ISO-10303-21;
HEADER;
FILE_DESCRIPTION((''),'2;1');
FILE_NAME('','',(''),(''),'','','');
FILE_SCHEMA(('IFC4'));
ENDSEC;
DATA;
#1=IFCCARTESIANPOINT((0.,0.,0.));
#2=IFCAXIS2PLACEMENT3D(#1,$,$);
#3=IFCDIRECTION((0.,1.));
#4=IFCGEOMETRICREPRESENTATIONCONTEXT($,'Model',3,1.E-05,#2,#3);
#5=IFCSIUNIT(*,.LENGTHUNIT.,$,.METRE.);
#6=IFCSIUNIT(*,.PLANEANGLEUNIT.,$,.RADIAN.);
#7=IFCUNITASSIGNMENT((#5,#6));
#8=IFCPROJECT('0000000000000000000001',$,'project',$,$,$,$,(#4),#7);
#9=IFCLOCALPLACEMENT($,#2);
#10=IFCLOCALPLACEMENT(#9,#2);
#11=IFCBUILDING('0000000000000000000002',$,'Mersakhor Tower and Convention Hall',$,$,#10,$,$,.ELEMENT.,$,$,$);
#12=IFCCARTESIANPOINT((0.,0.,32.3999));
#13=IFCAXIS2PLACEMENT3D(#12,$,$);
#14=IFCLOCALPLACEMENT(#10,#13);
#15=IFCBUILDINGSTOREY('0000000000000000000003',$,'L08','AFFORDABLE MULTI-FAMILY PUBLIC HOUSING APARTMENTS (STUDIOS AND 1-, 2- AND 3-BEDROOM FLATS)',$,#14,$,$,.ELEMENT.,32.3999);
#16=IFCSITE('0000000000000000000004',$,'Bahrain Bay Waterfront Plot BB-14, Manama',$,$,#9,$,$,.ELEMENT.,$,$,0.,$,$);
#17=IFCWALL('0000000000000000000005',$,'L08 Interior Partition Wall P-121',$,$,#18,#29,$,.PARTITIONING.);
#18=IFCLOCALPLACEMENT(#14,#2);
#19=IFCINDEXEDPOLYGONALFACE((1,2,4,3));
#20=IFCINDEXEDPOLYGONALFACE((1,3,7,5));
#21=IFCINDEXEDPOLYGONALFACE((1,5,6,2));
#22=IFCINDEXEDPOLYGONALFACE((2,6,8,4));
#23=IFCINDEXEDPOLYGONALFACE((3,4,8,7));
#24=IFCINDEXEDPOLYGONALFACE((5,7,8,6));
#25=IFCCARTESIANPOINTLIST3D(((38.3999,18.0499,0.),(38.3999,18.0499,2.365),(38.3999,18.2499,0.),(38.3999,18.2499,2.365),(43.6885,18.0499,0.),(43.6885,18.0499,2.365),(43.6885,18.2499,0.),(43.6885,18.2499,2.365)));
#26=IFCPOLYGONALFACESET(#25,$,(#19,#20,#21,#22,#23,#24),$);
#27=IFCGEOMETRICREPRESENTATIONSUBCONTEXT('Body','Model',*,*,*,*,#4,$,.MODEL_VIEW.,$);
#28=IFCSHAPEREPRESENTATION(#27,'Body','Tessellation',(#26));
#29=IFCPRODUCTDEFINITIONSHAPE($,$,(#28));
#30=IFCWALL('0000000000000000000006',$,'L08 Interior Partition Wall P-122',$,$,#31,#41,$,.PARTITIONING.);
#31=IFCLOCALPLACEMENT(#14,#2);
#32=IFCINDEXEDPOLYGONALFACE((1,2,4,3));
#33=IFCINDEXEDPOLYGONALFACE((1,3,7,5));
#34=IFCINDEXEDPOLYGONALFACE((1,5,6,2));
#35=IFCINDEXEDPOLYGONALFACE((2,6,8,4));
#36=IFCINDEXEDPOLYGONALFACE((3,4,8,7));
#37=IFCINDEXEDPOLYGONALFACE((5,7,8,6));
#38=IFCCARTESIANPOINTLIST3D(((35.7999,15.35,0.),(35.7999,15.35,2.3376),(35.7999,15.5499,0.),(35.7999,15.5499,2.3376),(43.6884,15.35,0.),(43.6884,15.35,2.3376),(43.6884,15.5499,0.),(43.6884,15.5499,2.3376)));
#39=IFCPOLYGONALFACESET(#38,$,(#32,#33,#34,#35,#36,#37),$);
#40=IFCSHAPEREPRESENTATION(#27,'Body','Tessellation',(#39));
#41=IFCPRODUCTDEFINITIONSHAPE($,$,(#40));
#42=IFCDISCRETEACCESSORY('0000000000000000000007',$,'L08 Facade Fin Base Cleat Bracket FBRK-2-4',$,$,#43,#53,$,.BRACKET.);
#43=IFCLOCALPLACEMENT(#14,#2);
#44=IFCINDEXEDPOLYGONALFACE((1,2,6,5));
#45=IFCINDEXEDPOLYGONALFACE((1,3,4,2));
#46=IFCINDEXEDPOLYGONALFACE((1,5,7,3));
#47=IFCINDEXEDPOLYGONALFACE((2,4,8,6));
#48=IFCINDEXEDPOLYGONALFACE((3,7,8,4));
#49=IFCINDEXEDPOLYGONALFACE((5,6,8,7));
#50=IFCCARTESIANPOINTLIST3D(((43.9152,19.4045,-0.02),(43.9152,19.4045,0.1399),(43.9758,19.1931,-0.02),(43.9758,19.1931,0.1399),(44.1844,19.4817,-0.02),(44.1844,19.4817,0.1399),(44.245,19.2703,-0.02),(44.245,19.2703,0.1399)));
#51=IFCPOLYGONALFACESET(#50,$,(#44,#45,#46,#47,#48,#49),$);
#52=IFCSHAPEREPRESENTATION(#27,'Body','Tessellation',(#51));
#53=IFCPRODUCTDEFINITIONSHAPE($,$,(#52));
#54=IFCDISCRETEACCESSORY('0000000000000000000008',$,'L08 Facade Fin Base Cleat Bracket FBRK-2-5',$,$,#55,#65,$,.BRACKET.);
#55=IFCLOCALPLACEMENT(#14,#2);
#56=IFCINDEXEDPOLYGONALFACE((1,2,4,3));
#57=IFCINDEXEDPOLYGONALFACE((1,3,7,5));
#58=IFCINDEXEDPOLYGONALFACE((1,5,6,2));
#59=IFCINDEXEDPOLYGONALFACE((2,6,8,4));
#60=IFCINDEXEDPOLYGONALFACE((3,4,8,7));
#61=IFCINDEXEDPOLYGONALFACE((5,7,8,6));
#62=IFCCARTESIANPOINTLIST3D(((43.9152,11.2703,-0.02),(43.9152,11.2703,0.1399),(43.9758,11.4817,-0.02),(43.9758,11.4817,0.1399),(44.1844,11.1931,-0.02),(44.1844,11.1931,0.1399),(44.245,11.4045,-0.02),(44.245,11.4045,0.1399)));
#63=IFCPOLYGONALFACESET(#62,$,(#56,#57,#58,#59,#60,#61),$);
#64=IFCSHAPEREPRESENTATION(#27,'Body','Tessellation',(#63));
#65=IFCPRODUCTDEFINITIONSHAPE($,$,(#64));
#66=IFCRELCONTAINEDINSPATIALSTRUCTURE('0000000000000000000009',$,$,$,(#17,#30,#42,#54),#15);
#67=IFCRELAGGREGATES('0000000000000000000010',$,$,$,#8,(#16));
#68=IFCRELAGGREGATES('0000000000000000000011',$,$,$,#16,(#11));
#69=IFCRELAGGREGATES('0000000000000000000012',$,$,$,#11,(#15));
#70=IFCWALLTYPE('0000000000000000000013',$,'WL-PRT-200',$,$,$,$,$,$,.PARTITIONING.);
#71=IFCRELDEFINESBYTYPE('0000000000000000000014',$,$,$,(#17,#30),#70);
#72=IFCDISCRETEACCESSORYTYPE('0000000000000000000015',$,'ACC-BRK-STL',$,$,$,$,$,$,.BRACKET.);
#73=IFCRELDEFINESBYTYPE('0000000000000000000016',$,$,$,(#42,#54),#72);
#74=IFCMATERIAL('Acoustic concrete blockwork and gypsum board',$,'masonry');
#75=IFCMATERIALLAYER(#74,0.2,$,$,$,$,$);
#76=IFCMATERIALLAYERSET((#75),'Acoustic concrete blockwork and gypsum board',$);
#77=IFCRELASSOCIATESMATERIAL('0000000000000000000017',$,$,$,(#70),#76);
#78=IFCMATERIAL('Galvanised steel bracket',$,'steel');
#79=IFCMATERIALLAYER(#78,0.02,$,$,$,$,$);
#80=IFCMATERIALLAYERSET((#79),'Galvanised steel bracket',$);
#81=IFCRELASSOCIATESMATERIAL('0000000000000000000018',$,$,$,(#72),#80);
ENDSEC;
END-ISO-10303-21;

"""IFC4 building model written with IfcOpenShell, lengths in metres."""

from ifc_helpers import new_model, si_unit, direction, frame, frame_2d, origin, origin_2d, place, context, subcontext, project, spatial, rectangle, extrude, material, layer, layer_set, type_object, element, save


model = new_model("IFC4")

# Units and contexts
model_context = context("Model", 3, precision=1e-05, world=origin(), true_north=direction((0.0, 1.0)))
body_context = subcontext(model_context, "Body", "Model", "MODEL_VIEW")
ifc_project = project(units=[si_unit("LENGTHUNIT", "METRE"), si_unit("PLANEANGLEUNIT", "RADIAN")], contexts=[model_context])

# Site, building, storey
site_placement = place(None, origin())
site = spatial("IfcSite", under=ifc_project, at=site_placement, Name="Bahrain Bay Waterfront Plot BB-14, Manama", CompositionType="ELEMENT", RefElevation=0.0)
building_placement = place(site_placement, origin())
building = spatial("IfcBuilding", under=site, at=building_placement, Name="Mersakhor Tower and Convention Hall", CompositionType="ELEMENT")
storey_placement = place(building_placement, frame((0.0, 0.0, 32.3999)))
storey = spatial("IfcBuildingStorey", under=building, at=storey_placement, Name="L08", Description="AFFORDABLE MULTI-FAMILY PUBLIC HOUSING APARTMENTS (STUDIOS AND 1-, 2- AND 3-BEDROOM FLATS)", CompositionType="ELEMENT", Elevation=32.3999)

# Walls
ifc_material_1 = material(Name="Acoustic concrete blockwork and gypsum board", Category="masonry")
ifc_layer_1 = layer(ifc_material_1, 0.2)
ifc_layer_set_1 = layer_set([ifc_layer_1], Name="Acoustic concrete blockwork and gypsum board")
wall_type_1 = type_object("IfcWallType", Name="WL-PRT-200", PredefinedType="PARTITIONING", material=ifc_layer_set_1)
wall_1_placement = place(storey_placement, frame((43.6885, 18.1499, 0.0), z_axis=(0.0, 0.0, 1.0), x_axis=(-1.0, 0.0, 0.0)))
element("IfcWall", 1, at=wall_1_placement, inside=storey, type_object=wall_type_1, Name="L08 Interior Partition Wall P-121", PredefinedType="PARTITIONING", context=body_context, shape_type="SweptSolid", body=[
    extrude(rectangle(XDim=5.2886, YDim=0.2, at=frame_2d((2.6443, 0.0))), origin(), (0.0, 0.0, 1.0), 2.365),
])
wall_2_placement = place(storey_placement, frame((43.6885, 15.45, 0.0), z_axis=(0.0, 0.0, 1.0), x_axis=(-1.0, 0.0, 0.0)))
element("IfcWall", 2, at=wall_2_placement, inside=storey, type_object=wall_type_1, Name="L08 Interior Partition Wall P-122", PredefinedType="PARTITIONING", context=body_context, shape_type="SweptSolid", body=[
    extrude(rectangle(XDim=7.8884, YDim=0.2, at=frame_2d((3.9443, 0.0))), origin(), (0.0, 0.0, 1.0), 2.3376),
])

# Discrete accessories
ifc_material_2 = material(Name="Galvanised steel bracket", Category="steel")
ifc_layer_2 = layer(ifc_material_2, 0.02)
ifc_layer_set_2 = layer_set([ifc_layer_2], Name="Galvanised steel bracket")
discrete_accessory_type = type_object("IfcDiscreteAccessoryType", Name="ACC-BRK-STL", PredefinedType="BRACKET", material=ifc_layer_set_2)
for number, where, z_axis, x_axis, name in (
    (3, (44.0801, 19.3374, -0.02), (0.0, 0.0, 1.0), (0.961262, 0.275637, 0.0), "L08 Facade Fin Base Cleat Bracket FBRK-2-4"),
    (4, (44.0801, 11.3374, -0.02), (0.0, 0.0, 1.0), (0.961262, -0.275637, 0.0), "L08 Facade Fin Base Cleat Bracket FBRK-2-5"),
):
    element("IfcDiscreteAccessory", number, at=place(storey_placement, frame(where, z_axis=z_axis, x_axis=x_axis)), inside=storey, type_object=discrete_accessory_type, Name=name, PredefinedType="BRACKET", context=body_context, shape_type="SweptSolid", body=[
        extrude(rectangle(XDim=0.28, YDim=0.22, at=origin_2d()), origin(), (0.0, 0.0, 1.0), 0.1599),
    ])

save(model, "model.ifc")
